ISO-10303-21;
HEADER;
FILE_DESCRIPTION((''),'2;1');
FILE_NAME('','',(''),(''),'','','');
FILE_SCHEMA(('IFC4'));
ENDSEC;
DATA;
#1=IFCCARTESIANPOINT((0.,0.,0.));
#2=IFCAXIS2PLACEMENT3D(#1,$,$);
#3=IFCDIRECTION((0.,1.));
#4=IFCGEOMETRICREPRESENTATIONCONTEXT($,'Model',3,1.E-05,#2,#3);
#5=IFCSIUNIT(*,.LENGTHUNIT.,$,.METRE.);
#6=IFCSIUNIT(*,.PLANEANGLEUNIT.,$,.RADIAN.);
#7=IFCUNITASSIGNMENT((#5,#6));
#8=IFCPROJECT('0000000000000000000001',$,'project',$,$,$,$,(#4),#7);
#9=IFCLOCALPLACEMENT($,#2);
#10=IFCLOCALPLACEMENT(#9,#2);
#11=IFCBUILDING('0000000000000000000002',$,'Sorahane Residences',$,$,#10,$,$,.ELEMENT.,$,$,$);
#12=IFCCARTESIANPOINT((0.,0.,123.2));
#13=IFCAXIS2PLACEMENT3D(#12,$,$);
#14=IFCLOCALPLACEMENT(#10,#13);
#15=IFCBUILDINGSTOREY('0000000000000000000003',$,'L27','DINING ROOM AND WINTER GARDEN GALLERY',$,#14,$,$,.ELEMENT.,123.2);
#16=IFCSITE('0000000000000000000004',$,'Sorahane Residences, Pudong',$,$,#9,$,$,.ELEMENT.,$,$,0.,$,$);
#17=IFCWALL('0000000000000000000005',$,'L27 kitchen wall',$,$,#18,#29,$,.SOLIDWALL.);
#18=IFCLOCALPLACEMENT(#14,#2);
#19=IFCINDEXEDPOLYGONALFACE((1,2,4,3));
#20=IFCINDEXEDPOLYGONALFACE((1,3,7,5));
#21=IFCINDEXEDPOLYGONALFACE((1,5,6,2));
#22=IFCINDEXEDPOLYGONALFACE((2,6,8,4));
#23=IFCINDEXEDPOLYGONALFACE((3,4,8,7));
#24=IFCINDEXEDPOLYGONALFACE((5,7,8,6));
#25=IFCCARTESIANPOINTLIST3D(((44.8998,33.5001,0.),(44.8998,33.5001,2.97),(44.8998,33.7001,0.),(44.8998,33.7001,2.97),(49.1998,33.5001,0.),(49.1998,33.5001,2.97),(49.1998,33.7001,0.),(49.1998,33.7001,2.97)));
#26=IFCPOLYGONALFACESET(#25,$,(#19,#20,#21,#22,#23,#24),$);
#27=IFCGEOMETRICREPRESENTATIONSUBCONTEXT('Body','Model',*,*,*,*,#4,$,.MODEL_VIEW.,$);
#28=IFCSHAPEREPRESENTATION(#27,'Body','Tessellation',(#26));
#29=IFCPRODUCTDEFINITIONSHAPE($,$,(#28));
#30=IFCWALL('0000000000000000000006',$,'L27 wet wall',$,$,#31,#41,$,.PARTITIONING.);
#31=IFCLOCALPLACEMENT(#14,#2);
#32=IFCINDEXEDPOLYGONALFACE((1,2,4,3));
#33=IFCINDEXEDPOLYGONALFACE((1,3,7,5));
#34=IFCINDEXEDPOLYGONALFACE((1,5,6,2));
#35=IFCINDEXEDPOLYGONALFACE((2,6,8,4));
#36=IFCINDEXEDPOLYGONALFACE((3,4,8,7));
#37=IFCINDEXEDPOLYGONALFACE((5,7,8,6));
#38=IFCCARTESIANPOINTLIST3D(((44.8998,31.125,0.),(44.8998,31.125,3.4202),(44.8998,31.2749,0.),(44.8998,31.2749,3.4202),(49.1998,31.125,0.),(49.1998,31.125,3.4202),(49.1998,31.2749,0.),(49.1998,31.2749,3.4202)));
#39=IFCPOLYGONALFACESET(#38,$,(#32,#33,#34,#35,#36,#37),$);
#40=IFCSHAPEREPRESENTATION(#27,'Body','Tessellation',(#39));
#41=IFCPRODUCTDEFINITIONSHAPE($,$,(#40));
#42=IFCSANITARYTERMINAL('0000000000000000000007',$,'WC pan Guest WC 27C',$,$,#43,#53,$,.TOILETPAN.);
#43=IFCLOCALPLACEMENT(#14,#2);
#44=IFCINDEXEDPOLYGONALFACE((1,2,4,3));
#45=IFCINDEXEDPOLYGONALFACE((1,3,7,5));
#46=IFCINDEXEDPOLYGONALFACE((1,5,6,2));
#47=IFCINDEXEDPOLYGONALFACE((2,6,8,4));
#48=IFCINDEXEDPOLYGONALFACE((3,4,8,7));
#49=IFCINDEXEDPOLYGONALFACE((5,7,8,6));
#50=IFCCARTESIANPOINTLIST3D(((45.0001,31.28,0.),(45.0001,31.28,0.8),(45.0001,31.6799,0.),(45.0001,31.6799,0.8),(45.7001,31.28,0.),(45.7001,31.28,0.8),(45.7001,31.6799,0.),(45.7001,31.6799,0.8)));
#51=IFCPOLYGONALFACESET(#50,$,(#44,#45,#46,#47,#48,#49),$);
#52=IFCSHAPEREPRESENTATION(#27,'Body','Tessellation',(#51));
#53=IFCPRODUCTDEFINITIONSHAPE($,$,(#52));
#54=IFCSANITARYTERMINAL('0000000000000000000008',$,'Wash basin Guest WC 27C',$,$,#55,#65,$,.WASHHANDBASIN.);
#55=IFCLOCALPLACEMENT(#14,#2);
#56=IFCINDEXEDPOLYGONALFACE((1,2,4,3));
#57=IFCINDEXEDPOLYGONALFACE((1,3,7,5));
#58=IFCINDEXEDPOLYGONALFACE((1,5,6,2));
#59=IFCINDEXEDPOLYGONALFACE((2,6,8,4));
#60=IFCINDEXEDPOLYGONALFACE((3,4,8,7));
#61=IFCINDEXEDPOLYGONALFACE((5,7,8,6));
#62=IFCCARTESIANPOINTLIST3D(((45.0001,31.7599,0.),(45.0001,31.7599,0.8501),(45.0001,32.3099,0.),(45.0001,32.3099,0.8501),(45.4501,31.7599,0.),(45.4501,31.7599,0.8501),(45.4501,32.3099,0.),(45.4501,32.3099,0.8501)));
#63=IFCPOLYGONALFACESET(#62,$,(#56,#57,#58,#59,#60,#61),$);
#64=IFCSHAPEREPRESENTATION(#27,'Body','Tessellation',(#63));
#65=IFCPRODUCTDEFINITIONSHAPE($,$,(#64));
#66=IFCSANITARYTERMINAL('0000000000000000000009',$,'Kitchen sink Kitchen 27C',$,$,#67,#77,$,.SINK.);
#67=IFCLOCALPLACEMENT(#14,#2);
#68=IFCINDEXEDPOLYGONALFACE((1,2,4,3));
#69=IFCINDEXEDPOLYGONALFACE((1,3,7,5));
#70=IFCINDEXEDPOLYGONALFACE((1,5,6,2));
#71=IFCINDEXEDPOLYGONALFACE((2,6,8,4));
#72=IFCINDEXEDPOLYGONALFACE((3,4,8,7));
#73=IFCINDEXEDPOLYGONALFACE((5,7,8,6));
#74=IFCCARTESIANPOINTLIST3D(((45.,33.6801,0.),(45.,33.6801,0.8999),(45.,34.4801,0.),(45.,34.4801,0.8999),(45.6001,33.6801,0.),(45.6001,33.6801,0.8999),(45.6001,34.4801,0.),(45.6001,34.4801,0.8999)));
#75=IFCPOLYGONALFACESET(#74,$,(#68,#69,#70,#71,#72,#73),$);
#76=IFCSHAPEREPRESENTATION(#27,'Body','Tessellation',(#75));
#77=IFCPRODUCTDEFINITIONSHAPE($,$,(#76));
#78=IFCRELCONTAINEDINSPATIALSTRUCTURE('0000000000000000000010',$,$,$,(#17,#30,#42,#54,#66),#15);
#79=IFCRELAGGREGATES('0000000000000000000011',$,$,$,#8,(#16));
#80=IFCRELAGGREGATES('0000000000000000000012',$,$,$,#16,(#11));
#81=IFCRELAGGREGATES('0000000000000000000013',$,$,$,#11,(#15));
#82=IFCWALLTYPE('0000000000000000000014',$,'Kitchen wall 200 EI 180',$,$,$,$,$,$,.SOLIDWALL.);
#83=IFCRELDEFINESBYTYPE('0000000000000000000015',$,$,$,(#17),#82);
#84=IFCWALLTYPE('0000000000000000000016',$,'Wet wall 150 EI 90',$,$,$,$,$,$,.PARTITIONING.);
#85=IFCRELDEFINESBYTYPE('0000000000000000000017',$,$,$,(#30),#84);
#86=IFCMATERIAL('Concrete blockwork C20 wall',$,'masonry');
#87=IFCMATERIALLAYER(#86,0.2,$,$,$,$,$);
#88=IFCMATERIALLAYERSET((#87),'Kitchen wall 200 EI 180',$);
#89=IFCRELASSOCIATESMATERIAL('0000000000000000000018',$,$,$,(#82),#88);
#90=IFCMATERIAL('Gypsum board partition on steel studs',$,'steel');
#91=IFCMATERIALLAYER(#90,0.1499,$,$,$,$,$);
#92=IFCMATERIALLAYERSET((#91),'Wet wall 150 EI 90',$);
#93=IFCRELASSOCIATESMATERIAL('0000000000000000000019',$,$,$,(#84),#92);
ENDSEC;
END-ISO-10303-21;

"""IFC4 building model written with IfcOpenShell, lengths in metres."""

from ifc_helpers import new_model, si_unit, direction, frame, frame_2d, origin, origin_2d, place, context, subcontext, project, spatial, rectangle, extrude, material, layer, layer_set, type_object, element, save


model = new_model("IFC4")

# Units and contexts
model_context = context("Model", 3, precision=1e-05, world=origin(), true_north=direction((0.0, 1.0)))
body_context = subcontext(model_context, "Body", "Model", "MODEL_VIEW")
ifc_project = project(units=[si_unit("LENGTHUNIT", "METRE"), si_unit("PLANEANGLEUNIT", "RADIAN")], contexts=[model_context])

# Site, building, storey
site_placement = place(None, origin())
site = spatial("IfcSite", under=ifc_project, at=site_placement, Name="Sorahane Residences, Pudong", CompositionType="ELEMENT", RefElevation=0.0)
building_placement = place(site_placement, origin())
building = spatial("IfcBuilding", under=site, at=building_placement, Name="Sorahane Residences", CompositionType="ELEMENT")
storey_placement = place(building_placement, frame((0.0, 0.0, 123.2)))
storey = spatial("IfcBuildingStorey", under=building, at=storey_placement, Name="L27", Description="DINING ROOM AND WINTER GARDEN GALLERY", CompositionType="ELEMENT", Elevation=123.2)

# Shared definitions
ifc_material_1 = material(Name="Concrete blockwork C20 wall", Category="masonry")
ifc_layer_1 = layer(ifc_material_1, 0.2)
ifc_layer_set_1 = layer_set([ifc_layer_1], Name="Kitchen wall 200 EI 180")
wall_type_1 = type_object("IfcWallType", Name="Kitchen wall 200 EI 180", PredefinedType="SOLIDWALL", material=ifc_layer_set_1)

# Wall
wall_1_placement = place(storey_placement, frame((44.8999, 33.6001, 0.0), z_axis=(0.0, 0.0, 1.0), x_axis=(1.0, 0.0, 0.0)))
element("IfcWall", 1, at=wall_1_placement, inside=storey, type_object=wall_type_1, Name="L27 kitchen wall", PredefinedType="SOLIDWALL", context=body_context, shape_type="SweptSolid", body=[
    extrude(rectangle(XDim=4.3, YDim=0.2, at=frame_2d((2.1499, 0.0))), origin(), (0.0, 0.0, 1.0), 2.97),
])

# Shared definitions
ifc_material_2 = material(Name="Gypsum board partition on steel studs", Category="steel")
ifc_layer_2 = layer(ifc_material_2, 0.1499)
ifc_layer_set_2 = layer_set([ifc_layer_2], Name="Wet wall 150 EI 90")
wall_type_2 = type_object("IfcWallType", Name="Wet wall 150 EI 90", PredefinedType="PARTITIONING", material=ifc_layer_set_2)

# Wall
wall_2_placement = place(storey_placement, frame((44.8999, 31.2, 0.0), z_axis=(0.0, 0.0, 1.0), x_axis=(1.0, 0.0, 0.0)))
element("IfcWall", 2, at=wall_2_placement, inside=storey, type_object=wall_type_2, Name="L27 wet wall", PredefinedType="PARTITIONING", context=body_context, shape_type="SweptSolid", body=[
    extrude(rectangle(XDim=4.3, YDim=0.1499, at=frame_2d((2.1499, 0.0))), origin(), (0.0, 0.0, 1.0), 3.4202),
])

# Sanitary terminals
sanitary_terminal_1_placement = place(storey_placement, frame((45.3501, 31.48, 0.0), z_axis=(0.0, 0.0, 1.0), x_axis=(0.0, 1.0, 0.0)))
element("IfcSanitaryTerminal", 3, at=sanitary_terminal_1_placement, inside=storey, Name="WC pan Guest WC 27C", PredefinedType="TOILETPAN", context=body_context, shape_type="SweptSolid", body=[
    extrude(rectangle(XDim=0.3999, YDim=0.7, at=origin_2d()), origin(), (0.0, 0.0, 1.0), 0.8),
])
sanitary_terminal_2_placement = place(storey_placement, frame((45.2251, 32.0349, 0.0), z_axis=(0.0, 0.0, 1.0), x_axis=(0.0, 1.0, 0.0)))
element("IfcSanitaryTerminal", 4, at=sanitary_terminal_2_placement, inside=storey, Name="Wash basin Guest WC 27C", PredefinedType="WASHHANDBASIN", context=body_context, shape_type="SweptSolid", body=[
    extrude(rectangle(XDim=0.55, YDim=0.45, at=origin_2d()), origin(), (0.0, 0.0, 1.0), 0.8501),
])
sanitary_terminal_3_placement = place(storey_placement, frame((45.3, 34.0801, 0.0), z_axis=(0.0, 0.0, 1.0), x_axis=(0.0, 1.0, 0.0)))
element("IfcSanitaryTerminal", 5, at=sanitary_terminal_3_placement, inside=storey, Name="Kitchen sink Kitchen 27C", PredefinedType="SINK", context=body_context, shape_type="SweptSolid", body=[
    extrude(rectangle(XDim=0.8, YDim=0.6001, at=origin_2d()), origin(), (0.0, 0.0, 1.0), 0.8999),
])

save(model, "model.ifc")
